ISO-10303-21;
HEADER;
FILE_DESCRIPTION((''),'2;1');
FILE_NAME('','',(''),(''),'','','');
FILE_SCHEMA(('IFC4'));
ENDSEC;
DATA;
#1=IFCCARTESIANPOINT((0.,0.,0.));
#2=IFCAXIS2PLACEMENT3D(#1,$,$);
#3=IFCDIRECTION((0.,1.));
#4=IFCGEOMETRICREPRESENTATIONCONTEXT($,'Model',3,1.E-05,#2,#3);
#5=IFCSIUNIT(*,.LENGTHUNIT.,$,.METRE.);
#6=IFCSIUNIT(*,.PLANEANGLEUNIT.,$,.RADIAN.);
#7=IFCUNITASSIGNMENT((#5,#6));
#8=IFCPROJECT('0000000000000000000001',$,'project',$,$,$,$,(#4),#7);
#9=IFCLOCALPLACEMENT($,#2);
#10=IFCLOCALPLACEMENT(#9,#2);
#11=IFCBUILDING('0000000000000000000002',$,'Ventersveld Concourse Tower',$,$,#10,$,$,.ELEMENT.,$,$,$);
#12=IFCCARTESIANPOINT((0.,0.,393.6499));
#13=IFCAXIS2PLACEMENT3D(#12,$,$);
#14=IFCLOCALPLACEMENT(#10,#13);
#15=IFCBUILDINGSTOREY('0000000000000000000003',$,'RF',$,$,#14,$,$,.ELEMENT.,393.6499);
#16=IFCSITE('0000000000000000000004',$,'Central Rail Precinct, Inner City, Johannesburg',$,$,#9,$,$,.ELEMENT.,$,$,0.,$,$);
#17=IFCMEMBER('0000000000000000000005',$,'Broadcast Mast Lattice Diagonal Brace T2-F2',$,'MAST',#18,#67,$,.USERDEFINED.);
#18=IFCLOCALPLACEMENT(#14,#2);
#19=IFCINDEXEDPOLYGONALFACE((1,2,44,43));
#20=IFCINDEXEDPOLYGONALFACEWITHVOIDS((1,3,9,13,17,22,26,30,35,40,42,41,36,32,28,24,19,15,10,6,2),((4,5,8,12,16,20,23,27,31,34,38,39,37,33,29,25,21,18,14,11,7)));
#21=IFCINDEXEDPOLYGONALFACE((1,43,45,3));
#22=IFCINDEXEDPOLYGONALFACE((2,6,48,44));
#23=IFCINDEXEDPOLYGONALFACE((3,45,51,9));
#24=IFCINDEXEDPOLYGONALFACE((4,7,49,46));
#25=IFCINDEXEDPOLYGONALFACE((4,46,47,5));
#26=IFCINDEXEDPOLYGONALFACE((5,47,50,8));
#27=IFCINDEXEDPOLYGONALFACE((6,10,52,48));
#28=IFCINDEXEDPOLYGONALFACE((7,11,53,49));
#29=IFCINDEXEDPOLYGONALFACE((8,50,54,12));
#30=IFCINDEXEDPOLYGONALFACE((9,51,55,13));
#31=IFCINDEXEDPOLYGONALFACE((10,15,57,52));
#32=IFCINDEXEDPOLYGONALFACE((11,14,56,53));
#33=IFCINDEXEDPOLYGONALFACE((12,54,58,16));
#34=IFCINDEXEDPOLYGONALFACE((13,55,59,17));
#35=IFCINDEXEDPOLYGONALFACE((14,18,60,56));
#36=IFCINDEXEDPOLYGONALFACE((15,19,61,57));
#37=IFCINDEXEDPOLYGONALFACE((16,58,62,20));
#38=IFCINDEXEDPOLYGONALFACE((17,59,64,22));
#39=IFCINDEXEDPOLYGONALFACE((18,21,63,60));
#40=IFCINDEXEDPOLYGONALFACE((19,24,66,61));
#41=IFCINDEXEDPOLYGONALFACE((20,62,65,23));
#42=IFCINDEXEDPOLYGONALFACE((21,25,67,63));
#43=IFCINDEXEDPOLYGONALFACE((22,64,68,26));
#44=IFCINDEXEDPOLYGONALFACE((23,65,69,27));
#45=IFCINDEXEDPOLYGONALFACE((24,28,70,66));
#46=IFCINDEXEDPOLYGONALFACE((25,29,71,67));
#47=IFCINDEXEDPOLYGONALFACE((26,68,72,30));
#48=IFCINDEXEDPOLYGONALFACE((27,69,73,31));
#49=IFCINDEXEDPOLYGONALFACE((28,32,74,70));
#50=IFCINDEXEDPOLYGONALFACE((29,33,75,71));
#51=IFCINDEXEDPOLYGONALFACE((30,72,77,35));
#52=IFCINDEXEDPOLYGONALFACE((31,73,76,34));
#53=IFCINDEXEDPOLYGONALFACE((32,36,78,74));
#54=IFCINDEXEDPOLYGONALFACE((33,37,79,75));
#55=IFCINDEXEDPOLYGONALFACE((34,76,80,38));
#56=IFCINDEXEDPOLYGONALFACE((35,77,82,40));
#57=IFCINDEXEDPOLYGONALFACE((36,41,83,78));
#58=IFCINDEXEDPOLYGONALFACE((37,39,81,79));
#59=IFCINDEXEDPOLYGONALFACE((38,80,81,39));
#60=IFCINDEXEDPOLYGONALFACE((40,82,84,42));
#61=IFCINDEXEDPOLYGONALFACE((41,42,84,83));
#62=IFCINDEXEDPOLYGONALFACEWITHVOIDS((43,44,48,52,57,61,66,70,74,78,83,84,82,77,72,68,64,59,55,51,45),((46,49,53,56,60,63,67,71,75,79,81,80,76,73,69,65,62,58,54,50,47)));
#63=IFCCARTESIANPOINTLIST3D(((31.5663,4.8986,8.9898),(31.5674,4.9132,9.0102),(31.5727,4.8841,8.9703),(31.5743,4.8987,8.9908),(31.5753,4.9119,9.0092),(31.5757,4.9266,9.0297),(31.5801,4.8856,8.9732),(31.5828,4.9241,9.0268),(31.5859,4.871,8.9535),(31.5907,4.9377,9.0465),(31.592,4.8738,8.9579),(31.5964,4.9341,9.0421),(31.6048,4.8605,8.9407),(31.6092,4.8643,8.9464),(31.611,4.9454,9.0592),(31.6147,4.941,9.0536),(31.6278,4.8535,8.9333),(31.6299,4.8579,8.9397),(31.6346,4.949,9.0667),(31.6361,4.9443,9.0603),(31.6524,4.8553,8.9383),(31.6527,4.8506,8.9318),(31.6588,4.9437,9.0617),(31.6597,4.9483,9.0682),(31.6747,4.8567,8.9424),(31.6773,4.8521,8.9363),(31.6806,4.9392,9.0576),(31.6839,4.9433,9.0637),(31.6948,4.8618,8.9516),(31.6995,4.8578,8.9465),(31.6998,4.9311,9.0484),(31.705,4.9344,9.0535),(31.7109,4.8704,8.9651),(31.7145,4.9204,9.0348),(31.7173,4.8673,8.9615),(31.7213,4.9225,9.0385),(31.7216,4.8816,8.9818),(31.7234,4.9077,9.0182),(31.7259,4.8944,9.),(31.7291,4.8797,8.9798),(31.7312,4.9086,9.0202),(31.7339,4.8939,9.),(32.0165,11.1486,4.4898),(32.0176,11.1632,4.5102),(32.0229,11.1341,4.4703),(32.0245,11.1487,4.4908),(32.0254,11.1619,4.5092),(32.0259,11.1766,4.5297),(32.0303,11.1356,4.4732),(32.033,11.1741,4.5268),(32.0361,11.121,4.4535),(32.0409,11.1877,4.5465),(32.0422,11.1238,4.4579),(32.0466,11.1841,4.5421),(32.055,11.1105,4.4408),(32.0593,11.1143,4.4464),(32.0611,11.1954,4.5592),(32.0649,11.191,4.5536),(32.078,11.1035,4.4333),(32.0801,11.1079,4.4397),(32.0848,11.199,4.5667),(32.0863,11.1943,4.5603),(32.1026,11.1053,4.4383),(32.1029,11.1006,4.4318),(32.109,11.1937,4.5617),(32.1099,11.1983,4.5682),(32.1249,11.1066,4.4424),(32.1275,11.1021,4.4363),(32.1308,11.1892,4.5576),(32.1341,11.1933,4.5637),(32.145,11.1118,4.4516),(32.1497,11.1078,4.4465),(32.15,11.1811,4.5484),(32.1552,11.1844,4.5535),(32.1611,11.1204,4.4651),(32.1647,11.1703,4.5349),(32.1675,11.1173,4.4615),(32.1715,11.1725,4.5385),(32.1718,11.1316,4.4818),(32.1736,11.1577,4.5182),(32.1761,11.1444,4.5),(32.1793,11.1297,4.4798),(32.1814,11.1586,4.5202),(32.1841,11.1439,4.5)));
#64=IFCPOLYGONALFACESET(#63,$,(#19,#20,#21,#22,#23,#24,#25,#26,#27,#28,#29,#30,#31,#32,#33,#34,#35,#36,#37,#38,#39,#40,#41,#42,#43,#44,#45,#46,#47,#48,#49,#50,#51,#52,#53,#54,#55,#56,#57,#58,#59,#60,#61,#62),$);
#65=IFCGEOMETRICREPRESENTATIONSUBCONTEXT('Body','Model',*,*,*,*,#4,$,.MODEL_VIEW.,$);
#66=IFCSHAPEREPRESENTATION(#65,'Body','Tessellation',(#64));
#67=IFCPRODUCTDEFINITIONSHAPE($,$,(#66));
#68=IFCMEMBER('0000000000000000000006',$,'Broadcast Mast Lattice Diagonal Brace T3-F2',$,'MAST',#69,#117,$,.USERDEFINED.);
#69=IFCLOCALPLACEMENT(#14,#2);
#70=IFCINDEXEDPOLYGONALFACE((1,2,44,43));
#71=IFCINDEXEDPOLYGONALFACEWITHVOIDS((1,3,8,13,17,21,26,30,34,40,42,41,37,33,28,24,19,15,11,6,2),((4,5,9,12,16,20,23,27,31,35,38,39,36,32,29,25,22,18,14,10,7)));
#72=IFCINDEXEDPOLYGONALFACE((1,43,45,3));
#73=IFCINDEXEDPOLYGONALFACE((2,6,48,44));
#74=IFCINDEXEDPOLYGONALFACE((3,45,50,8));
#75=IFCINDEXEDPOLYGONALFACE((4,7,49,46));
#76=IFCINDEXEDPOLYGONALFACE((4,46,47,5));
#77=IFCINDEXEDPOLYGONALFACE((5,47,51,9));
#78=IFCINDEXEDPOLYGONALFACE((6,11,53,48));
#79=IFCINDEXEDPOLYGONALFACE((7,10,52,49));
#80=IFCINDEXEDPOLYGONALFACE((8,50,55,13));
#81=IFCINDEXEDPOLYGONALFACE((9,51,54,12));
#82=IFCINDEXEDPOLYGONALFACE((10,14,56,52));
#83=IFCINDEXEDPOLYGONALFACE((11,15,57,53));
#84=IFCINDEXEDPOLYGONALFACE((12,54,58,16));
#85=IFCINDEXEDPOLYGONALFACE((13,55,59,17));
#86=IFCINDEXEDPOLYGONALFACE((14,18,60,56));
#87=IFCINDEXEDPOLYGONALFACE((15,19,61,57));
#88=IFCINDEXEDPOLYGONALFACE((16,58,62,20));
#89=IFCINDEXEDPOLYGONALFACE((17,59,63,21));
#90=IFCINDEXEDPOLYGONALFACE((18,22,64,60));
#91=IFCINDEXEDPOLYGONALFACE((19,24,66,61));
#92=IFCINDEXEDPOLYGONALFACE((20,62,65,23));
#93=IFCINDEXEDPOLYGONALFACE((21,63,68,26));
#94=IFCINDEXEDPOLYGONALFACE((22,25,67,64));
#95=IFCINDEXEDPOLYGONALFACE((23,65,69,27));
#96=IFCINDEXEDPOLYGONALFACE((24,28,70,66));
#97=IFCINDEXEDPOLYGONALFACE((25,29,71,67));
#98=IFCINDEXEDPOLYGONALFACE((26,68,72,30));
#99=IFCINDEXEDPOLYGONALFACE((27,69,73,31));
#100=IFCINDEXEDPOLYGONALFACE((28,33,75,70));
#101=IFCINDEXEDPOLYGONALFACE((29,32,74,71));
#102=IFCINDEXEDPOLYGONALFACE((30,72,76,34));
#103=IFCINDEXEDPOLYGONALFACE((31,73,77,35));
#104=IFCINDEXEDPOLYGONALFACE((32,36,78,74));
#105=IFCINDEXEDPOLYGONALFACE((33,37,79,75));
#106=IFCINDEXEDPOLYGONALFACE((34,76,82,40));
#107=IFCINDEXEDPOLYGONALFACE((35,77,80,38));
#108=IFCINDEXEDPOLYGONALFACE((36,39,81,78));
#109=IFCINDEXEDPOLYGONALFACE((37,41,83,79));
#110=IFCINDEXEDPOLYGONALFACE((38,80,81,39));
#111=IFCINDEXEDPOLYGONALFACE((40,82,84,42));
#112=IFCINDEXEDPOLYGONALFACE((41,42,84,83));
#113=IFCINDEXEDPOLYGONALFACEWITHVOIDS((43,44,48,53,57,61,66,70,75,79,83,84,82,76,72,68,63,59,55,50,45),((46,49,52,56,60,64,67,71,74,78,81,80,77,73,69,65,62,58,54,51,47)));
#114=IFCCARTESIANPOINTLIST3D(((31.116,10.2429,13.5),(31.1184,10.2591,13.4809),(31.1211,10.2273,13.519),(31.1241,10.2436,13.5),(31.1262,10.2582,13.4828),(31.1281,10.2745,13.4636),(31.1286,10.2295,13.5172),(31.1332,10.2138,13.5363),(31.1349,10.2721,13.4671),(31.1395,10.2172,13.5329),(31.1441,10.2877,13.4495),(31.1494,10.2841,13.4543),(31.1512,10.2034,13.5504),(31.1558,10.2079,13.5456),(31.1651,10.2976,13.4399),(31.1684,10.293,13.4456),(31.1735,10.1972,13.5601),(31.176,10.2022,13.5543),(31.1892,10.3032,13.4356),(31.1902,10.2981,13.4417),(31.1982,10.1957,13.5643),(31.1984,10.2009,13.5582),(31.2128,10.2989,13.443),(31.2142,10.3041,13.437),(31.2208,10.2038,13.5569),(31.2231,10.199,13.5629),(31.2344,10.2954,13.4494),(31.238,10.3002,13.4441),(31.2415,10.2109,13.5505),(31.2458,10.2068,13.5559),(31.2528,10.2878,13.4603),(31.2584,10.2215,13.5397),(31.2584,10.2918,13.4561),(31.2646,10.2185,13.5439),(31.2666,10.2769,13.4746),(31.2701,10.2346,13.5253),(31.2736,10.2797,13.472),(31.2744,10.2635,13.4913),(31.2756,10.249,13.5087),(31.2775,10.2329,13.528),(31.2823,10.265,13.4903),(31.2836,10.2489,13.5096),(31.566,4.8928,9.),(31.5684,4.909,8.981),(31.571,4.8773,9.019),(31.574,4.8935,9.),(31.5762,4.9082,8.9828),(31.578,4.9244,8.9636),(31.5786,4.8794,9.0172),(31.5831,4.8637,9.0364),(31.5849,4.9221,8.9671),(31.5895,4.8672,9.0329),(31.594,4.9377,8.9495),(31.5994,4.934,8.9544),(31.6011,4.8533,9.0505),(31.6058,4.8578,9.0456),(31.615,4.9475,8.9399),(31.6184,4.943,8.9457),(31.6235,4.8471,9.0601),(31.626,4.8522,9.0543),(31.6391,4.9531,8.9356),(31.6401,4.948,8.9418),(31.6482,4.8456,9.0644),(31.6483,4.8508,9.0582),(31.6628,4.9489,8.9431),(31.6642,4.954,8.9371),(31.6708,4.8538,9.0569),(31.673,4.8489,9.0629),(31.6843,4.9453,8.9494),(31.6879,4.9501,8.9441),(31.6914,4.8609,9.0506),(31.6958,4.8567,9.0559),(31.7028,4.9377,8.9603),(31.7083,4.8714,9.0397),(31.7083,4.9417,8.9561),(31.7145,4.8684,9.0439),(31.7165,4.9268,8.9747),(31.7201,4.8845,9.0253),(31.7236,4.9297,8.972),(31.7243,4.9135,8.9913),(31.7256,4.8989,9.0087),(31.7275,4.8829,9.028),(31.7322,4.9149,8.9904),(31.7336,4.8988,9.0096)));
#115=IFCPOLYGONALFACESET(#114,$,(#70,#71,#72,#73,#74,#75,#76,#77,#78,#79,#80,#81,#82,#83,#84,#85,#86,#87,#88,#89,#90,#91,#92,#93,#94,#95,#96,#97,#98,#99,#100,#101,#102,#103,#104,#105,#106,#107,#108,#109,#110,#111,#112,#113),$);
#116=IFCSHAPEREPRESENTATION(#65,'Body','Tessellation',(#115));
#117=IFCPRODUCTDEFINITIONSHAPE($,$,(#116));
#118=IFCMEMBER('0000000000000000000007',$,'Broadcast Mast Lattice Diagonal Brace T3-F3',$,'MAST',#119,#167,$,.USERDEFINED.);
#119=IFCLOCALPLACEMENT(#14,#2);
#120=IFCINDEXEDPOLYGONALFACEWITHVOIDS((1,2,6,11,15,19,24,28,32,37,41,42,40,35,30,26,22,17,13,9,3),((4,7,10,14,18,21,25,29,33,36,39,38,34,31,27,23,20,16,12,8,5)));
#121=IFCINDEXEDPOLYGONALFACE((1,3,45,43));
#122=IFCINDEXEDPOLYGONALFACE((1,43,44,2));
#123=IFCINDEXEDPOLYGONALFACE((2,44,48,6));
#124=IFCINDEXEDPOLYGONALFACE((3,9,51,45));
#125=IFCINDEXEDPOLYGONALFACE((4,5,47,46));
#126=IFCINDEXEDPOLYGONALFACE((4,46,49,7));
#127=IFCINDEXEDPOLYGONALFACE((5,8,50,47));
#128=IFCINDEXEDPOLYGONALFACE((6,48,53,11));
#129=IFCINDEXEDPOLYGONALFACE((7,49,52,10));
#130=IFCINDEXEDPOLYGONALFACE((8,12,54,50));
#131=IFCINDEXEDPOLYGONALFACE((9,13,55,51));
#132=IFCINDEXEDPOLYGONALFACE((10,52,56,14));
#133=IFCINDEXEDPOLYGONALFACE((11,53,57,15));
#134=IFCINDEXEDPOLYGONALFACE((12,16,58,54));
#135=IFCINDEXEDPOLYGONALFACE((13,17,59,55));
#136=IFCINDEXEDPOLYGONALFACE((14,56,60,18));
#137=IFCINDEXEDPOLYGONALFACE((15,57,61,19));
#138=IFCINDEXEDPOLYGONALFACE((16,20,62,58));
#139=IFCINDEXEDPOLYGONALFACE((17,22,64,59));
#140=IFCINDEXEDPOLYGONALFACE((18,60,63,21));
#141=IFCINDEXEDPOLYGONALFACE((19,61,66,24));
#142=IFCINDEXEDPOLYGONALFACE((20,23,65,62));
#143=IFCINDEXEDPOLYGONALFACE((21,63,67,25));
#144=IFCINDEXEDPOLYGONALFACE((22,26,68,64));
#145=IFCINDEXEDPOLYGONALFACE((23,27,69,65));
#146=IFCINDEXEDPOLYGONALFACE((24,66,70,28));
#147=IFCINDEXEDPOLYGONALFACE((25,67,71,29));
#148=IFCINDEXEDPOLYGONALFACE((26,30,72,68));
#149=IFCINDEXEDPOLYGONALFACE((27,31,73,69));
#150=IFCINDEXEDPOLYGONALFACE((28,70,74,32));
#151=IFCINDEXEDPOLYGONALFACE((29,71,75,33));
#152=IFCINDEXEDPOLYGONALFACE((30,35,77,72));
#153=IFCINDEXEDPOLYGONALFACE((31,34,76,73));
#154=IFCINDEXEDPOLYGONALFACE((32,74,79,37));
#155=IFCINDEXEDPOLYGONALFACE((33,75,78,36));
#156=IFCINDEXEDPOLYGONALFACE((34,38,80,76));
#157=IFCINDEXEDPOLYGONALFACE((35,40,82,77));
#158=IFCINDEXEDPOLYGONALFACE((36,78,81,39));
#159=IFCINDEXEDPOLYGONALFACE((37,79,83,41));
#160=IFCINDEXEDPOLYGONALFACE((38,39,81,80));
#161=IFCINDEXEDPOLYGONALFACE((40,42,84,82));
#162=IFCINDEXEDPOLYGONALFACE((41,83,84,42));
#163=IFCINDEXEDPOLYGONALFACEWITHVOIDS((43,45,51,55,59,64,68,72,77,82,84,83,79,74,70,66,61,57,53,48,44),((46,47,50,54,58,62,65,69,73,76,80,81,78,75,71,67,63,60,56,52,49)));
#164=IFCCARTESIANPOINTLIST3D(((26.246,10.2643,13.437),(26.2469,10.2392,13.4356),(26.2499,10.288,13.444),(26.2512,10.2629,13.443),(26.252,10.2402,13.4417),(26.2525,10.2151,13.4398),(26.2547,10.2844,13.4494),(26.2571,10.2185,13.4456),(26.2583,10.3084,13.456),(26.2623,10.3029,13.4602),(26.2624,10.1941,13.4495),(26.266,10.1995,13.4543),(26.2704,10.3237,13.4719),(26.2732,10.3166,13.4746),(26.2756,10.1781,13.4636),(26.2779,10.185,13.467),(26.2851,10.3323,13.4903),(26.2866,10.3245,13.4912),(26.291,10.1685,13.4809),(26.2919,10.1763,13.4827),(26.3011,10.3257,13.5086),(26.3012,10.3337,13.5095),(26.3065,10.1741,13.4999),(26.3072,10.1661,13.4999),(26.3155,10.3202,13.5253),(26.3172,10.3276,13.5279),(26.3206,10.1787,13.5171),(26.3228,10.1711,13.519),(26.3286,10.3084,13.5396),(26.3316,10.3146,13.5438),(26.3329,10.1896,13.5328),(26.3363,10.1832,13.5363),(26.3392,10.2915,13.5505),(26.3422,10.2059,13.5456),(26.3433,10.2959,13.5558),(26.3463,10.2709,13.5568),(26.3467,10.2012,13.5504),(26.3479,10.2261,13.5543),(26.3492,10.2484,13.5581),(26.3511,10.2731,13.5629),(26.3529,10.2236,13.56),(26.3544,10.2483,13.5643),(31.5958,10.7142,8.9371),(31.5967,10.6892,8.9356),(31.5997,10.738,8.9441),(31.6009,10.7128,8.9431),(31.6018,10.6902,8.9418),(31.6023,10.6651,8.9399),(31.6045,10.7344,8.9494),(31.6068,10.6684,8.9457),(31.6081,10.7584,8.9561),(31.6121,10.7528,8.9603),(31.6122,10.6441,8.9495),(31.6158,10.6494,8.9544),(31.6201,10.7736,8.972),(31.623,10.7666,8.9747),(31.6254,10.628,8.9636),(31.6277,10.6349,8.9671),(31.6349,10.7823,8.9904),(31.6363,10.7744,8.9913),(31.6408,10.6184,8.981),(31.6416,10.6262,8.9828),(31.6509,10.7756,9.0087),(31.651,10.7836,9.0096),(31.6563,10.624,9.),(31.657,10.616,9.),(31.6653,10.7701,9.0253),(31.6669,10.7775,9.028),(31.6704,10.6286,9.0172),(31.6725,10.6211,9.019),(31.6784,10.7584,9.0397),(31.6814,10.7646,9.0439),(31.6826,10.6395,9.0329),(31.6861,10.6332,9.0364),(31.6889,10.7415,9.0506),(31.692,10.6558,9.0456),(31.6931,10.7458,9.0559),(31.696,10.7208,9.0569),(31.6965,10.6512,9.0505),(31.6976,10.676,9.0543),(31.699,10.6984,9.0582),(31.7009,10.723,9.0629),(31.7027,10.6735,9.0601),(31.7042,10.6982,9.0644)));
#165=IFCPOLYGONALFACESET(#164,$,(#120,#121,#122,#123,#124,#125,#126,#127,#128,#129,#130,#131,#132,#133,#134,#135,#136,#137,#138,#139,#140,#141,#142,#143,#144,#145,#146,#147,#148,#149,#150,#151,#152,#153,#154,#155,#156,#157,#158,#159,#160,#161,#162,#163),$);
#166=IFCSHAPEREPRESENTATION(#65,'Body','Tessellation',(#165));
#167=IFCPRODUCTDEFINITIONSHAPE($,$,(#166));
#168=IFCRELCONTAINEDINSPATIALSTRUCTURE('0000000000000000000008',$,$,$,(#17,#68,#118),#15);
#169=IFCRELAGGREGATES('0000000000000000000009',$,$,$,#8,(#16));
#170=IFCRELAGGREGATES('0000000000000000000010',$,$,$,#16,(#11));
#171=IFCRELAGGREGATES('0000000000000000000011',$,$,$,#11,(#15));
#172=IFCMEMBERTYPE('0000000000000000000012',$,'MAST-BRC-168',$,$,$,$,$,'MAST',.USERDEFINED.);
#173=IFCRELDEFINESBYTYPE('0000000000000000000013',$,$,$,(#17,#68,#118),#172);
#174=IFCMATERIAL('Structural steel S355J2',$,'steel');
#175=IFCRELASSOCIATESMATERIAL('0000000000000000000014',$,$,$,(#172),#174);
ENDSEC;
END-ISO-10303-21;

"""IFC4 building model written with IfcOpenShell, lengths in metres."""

from ifc_helpers import new_model, si_unit, direction, frame, origin, origin_2d, place, context, subcontext, project, spatial, hollow_circle, extrude, material, material_profile, profile_set, type_object, element, save


model = new_model("IFC4")

# Units and contexts
model_context = context("Model", 3, precision=1e-05, world=origin(), true_north=direction((0.0, 1.0)))
body_context = subcontext(model_context, "Body", "Model", "MODEL_VIEW")
ifc_project = project(units=[si_unit("LENGTHUNIT", "METRE"), si_unit("PLANEANGLEUNIT", "RADIAN")], contexts=[model_context])

# Site, building, storey
site_placement = place(None, origin())
site = spatial("IfcSite", under=ifc_project, at=site_placement, Name="Central Rail Precinct, Inner City, Johannesburg", CompositionType="ELEMENT", RefElevation=0.0)
building_placement = place(site_placement, origin())
building = spatial("IfcBuilding", under=site, at=building_placement, Name="Ventersveld Concourse Tower", CompositionType="ELEMENT")
storey_placement = place(building_placement, frame((0.0, 0.0, 393.6499)))
storey = spatial("IfcBuildingStorey", under=building, at=storey_placement, Name="RF", CompositionType="ELEMENT", Elevation=393.6499)

# Members
ifc_material_1 = material(Name="Structural steel S355J2", Category="steel")
ifc_material_profile_1 = material_profile(ifc_material_1, hollow_circle(Radius=0.0842, WallThickness=0.0081, at=origin_2d()), Name="CHS 168.3x8")
ifc_profile_set_1 = profile_set([ifc_material_profile_1], Name="Structural steel S355J2")
member_type_1 = type_object("IfcMemberType", Name="MAST-BRC-168", ElementType="MAST", PredefinedType="USERDEFINED", material=ifc_profile_set_1)
for number, where, z_axis, x_axis, name in (
    (1, (32.1001, 11.1499, 4.5), (-0.058356, -0.810151, 0.583309), (0.997416, -0.071845, 0.0), "Broadcast Mast Lattice Diagonal Brace T2-F2"),
):
    element("IfcMember", number, at=place(storey_placement, frame(where, z_axis=z_axis, x_axis=x_axis)), inside=storey, type_object=member_type_1, Name=name, ObjectType="MAST", PredefinedType="USERDEFINED", context=body_context, shape_type="SweptSolid", body=[
        extrude(hollow_circle(Radius=0.0842, WallThickness=0.0081, at=origin_2d()), origin(), (0.0, 0.0, 1.0), 7.7146),
    ])
member_1_placement = place(storey_placement, frame((31.6499, 4.8999, 9.0), z_axis=(-0.064229, 0.763708, 0.642359), x_axis=(-0.996482, -0.083806, 0.0)))
element("IfcMember", 2, at=member_1_placement, inside=storey, type_object=member_type_1, Name="Broadcast Mast Lattice Diagonal Brace T3-F2", ObjectType="MAST", PredefinedType="USERDEFINED", context=body_context, shape_type="SweptSolid", body=[
    extrude(hollow_circle(Radius=0.0842, WallThickness=0.0081, at=origin_2d()), origin(), (0.0, 0.0, 1.0), 7.0054),
])
member_2_placement = place(storey_placement, frame((31.6499, 10.7, 9.0), z_axis=(-0.763693, -0.064231, 0.642376), x_axis=(0.083809, -0.996482, 0.0)))
element("IfcMember", 3, at=member_2_placement, inside=storey, type_object=member_type_1, Name="Broadcast Mast Lattice Diagonal Brace T3-F3", ObjectType="MAST", PredefinedType="USERDEFINED", context=body_context, shape_type="SweptSolid", body=[
    extrude(hollow_circle(Radius=0.0842, WallThickness=0.0081, at=origin_2d()), origin(), (0.0, 0.0, 1.0), 7.0051),
])

save(model, "model.ifc")
